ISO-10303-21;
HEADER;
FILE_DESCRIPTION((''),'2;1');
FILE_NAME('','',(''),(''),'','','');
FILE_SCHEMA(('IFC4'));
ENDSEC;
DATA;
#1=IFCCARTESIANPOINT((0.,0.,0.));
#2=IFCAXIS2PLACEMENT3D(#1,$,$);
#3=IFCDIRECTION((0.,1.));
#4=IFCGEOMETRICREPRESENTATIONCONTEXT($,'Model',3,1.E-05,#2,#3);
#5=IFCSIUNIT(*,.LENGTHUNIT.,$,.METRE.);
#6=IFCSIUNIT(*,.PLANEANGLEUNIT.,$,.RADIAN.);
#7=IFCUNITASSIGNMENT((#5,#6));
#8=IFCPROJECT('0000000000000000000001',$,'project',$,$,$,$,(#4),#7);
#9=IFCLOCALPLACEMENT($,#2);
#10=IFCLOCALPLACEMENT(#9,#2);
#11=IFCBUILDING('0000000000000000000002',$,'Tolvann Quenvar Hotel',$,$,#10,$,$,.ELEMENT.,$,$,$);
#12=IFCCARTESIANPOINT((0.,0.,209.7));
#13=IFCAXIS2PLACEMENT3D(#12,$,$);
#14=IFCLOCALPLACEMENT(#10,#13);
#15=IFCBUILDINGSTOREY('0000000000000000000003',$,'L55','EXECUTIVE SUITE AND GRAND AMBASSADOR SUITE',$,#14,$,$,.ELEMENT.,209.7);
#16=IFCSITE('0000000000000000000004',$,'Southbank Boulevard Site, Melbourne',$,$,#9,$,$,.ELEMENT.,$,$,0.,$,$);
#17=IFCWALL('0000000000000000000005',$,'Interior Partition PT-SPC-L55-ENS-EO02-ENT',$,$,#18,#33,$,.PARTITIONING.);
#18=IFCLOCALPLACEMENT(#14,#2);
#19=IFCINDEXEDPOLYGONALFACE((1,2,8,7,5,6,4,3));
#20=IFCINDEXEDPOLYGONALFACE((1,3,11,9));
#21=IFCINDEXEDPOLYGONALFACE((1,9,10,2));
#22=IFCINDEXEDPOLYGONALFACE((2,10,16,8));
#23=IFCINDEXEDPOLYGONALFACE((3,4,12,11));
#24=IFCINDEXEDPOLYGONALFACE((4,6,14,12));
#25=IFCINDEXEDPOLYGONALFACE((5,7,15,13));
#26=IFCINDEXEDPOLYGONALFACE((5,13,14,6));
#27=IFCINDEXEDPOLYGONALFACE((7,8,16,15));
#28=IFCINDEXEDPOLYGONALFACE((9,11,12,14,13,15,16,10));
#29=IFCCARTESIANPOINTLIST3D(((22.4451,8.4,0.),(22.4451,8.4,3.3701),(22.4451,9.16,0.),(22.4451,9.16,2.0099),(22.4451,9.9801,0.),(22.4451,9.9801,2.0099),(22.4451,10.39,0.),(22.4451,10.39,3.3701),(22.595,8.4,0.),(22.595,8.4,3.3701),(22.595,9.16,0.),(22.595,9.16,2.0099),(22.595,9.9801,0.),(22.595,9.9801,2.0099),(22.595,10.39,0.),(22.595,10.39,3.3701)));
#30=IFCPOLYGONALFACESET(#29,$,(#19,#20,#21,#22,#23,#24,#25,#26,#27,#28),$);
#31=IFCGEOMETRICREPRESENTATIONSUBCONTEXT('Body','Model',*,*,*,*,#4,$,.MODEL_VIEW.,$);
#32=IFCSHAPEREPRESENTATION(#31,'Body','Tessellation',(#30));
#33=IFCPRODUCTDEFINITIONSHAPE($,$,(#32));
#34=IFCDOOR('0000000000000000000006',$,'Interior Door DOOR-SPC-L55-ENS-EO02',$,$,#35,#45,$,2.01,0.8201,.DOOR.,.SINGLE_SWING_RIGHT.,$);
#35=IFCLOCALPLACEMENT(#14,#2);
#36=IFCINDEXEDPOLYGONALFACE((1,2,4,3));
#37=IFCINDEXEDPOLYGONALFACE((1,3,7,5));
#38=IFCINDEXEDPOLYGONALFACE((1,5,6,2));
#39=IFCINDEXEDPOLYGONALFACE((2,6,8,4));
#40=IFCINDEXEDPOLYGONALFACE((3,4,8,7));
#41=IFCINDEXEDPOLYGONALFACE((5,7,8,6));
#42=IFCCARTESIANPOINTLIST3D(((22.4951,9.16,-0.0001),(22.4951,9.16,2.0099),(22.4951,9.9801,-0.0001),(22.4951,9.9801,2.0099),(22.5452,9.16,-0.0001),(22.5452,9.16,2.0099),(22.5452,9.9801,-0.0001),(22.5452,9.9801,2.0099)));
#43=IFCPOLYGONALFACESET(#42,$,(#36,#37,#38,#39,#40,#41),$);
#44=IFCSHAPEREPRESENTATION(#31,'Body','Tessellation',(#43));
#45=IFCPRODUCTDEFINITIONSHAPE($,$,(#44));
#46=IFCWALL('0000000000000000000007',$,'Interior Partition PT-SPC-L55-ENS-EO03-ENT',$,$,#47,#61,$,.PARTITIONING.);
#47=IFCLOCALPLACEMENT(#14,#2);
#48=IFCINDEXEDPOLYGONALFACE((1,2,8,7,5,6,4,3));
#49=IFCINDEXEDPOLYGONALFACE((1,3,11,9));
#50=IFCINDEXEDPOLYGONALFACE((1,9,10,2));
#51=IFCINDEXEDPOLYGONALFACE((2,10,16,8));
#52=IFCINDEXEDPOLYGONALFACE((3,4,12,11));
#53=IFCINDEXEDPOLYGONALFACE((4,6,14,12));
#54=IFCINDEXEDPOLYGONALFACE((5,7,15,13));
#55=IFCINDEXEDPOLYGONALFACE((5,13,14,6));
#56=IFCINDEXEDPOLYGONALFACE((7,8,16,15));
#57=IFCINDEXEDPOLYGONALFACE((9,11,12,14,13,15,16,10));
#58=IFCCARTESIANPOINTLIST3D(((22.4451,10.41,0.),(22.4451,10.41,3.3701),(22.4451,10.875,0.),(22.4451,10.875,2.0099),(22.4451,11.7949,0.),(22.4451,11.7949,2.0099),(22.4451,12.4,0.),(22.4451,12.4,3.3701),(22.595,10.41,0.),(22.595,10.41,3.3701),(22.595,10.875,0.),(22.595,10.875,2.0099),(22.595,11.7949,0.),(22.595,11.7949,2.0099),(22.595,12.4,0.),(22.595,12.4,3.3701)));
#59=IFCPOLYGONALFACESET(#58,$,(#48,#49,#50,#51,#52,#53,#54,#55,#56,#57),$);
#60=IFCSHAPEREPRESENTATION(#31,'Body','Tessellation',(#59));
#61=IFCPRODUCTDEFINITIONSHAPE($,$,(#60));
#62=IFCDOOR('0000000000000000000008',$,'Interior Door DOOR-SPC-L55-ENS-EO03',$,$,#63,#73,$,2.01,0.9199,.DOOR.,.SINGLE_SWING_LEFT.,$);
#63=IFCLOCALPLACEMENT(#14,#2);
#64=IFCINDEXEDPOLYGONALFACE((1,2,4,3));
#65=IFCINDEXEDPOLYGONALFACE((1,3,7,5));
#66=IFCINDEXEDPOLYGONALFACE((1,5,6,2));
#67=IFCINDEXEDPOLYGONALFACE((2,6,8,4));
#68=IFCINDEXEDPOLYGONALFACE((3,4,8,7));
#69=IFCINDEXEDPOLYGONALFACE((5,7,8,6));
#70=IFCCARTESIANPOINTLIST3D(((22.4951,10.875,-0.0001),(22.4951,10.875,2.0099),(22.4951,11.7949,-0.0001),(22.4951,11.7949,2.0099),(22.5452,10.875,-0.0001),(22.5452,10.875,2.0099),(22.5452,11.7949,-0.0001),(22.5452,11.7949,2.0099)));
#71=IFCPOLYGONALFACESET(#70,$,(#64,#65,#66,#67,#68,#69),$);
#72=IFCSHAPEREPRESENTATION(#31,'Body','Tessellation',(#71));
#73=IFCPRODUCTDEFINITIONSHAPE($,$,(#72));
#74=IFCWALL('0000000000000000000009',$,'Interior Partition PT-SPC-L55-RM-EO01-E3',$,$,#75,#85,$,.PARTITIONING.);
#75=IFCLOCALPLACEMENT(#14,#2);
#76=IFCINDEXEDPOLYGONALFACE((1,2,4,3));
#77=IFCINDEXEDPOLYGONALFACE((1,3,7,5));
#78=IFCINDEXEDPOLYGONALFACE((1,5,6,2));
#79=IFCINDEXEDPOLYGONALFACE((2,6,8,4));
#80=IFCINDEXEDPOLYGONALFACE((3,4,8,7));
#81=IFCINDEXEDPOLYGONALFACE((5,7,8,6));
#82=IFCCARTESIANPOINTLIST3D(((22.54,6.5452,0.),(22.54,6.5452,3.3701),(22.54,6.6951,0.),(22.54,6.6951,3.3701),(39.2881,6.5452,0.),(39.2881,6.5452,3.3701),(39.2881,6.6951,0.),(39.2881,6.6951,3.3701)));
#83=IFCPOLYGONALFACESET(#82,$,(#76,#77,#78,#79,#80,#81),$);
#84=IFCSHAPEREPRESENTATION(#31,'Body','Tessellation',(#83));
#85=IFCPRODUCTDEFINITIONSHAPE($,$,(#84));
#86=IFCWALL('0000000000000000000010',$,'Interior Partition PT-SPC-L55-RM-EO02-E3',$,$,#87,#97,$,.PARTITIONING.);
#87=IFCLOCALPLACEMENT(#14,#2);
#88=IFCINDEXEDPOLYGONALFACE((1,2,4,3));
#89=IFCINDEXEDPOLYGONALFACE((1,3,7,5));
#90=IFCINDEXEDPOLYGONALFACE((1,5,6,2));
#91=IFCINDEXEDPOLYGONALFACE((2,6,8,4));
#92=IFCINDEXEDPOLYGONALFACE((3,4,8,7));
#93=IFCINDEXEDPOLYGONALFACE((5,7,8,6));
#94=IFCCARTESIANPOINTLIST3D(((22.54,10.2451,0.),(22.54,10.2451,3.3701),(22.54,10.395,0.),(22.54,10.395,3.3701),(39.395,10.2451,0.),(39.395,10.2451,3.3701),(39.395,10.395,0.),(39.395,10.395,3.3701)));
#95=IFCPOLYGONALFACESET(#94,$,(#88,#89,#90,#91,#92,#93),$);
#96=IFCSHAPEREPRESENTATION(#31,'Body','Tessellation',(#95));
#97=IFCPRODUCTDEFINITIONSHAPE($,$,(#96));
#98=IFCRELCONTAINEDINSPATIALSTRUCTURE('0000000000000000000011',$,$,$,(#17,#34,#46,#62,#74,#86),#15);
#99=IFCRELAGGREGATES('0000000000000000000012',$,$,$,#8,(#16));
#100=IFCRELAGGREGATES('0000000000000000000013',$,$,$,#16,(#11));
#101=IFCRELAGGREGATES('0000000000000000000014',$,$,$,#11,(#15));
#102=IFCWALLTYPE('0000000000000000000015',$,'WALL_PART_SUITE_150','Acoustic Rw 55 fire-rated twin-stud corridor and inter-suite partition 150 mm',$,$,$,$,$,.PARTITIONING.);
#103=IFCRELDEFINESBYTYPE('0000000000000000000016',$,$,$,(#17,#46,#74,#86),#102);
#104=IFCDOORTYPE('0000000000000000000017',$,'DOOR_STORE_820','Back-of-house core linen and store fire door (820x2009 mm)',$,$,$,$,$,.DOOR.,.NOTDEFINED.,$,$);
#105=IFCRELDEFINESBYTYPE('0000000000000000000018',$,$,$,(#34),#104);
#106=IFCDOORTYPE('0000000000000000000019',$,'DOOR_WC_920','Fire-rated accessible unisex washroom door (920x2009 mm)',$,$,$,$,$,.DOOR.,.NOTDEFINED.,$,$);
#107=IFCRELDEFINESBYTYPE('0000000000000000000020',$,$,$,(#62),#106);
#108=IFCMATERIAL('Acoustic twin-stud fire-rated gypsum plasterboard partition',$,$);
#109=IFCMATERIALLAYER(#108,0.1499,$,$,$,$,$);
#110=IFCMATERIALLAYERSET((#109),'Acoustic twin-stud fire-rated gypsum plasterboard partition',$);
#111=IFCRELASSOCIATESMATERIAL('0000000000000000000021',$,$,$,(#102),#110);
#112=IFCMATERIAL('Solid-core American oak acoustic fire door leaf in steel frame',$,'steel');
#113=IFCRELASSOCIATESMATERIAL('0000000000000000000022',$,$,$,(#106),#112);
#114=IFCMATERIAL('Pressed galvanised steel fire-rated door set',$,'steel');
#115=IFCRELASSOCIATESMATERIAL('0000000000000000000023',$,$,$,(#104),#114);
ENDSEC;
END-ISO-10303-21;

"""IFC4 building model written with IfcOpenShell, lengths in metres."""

from ifc_helpers import new_model, si_unit, direction, frame, frame_2d, origin, place, context, subcontext, project, spatial, rectangle, extrude, source, transform, mapped, material, layer, layer_set, type_object, type_shapes, element, fill, save


model = new_model("IFC4")

# Units and contexts
model_context = context("Model", 3, precision=1e-05, world=origin(), true_north=direction((0.0, 1.0)))
body_context = subcontext(model_context, "Body", "Model", "MODEL_VIEW")
ifc_project = project(units=[si_unit("LENGTHUNIT", "METRE"), si_unit("PLANEANGLEUNIT", "RADIAN")], contexts=[model_context])

# Site, building, storey
site_placement = place(None, origin())
site = spatial("IfcSite", under=ifc_project, at=site_placement, Name="Southbank Boulevard Site, Melbourne", CompositionType="ELEMENT", RefElevation=0.0)
building_placement = place(site_placement, origin())
building = spatial("IfcBuilding", under=site, at=building_placement, Name="Tolvann Quenvar Hotel", CompositionType="ELEMENT")
storey_placement = place(building_placement, frame((0.0, 0.0, 209.7)))
storey = spatial("IfcBuildingStorey", under=building, at=storey_placement, Name="L55", Description="EXECUTIVE SUITE AND GRAND AMBASSADOR SUITE", CompositionType="ELEMENT", Elevation=209.7)

# Walls, openings, doors
ifc_material_1 = material(Name="Acoustic twin-stud fire-rated gypsum plasterboard partition")
ifc_layer_1 = layer(ifc_material_1, 0.1499)
ifc_layer_set_1 = layer_set([ifc_layer_1], Name="Acoustic twin-stud fire-rated gypsum plasterboard partition")
wall_type_1 = type_object("IfcWallType", Name="WALL_PART_SUITE_150", Description="Acoustic Rw 55 fire-rated twin-stud corridor and inter-suite partition 150 mm", PredefinedType="PARTITIONING", material=ifc_layer_set_1)
ifc_material_2 = material(Name="Solid-core American oak acoustic fire door leaf in steel frame", Category="steel")
door_type_1 = type_object("IfcDoorType", Name="DOOR_WC_920", Description="Fire-rated accessible unisex washroom door (920x2009 mm)", OperationType="NOTDEFINED", PredefinedType="DOOR", material=ifc_material_2)
shared_shape_1 = source(origin(), body_context, "Body", "SweptSolid", [
    extrude(rectangle(XDim=0.9199, YDim=2.01, at=frame_2d((0.46, 1.0049))), frame((0.0, 0.0249, 0.0), z_axis=(0.0, -1.0, 0.0), x_axis=(1.0, 0.0, 0.0)), (0.0, 0.0, 1.0), 0.05),
])
type_shapes(door_type_1, [shared_shape_1])
wall_1_placement = place(storey_placement, frame((22.52, 8.3999, 0.0), z_axis=(0.0, 0.0, 1.0), x_axis=(0.0, 1.0, 0.0)))
wall_1 = element("IfcWall", 1, at=wall_1_placement, inside=storey, type_object=wall_type_1, Name="Interior Partition PT-SPC-L55-ENS-EO02-ENT", PredefinedType="PARTITIONING", context=body_context, shape_type="SweptSolid", body=[
    extrude(rectangle(XDim=1.99, YDim=0.1499, at=frame_2d((0.9951, 0.0))), origin(), (0.0, 0.0, 1.0), 3.3701),
])
opening_1_placement = place(wall_1_placement, frame((0.76, 0.0, 0.0)))
opening_1 = element("IfcOpeningElement", 2, at=opening_1_placement, cuts=wall_1, PredefinedType="OPENING", context=body_context, shape_type="SweptSolid", body=[
    extrude(rectangle(XDim=0.8201, YDim=2.01, at=frame_2d((0.4102, 1.0049))), frame((0.0, 0.085, 0.0), z_axis=(0.0, -1.0, 0.0), x_axis=(1.0, 0.0, 0.0)), (0.0, 0.0, 1.0), 0.1699),
])
ifc_material_3 = material(Name="Pressed galvanised steel fire-rated door set", Category="steel")
door_type_2 = type_object("IfcDoorType", Name="DOOR_STORE_820", Description="Back-of-house core linen and store fire door (820x2009 mm)", OperationType="NOTDEFINED", PredefinedType="DOOR", material=ifc_material_3)
shared_shape_2 = source(origin(), body_context, "Body", "SweptSolid", [
    extrude(rectangle(XDim=0.8201, YDim=2.01, at=frame_2d((0.4102, 1.0049))), frame((0.0, 0.0249, 0.0), z_axis=(0.0, -1.0, 0.0), x_axis=(1.0, 0.0, 0.0)), (0.0, 0.0, 1.0), 0.05),
])
type_shapes(door_type_2, [shared_shape_2])
door_1_placement = place(opening_1_placement, origin())
door_1 = element("IfcDoor", 3, at=door_1_placement, inside=storey, type_object=door_type_2, Name="Interior Door DOOR-SPC-L55-ENS-EO02", OperationType="SINGLE_SWING_RIGHT", OverallHeight=2.01, OverallWidth=0.8201, PredefinedType="DOOR", context=body_context, shape_type="MappedRepresentation", body=[
    mapped(shared_shape_2, transform((0.0, 0.0, 0.0), x_axis=(1.0, 0.0, 0.0), y_axis=(0.0, 1.0, 0.0), z_axis=(0.0, 0.0, 1.0), scale=1.0)),
])
fill(opening_1, door_1)
wall_2_placement = place(storey_placement, frame((22.52, 10.4099, 0.0), z_axis=(0.0, 0.0, 1.0), x_axis=(0.0, 1.0, 0.0)))
wall_2 = element("IfcWall", 4, at=wall_2_placement, inside=storey, type_object=wall_type_1, Name="Interior Partition PT-SPC-L55-ENS-EO03-ENT", PredefinedType="PARTITIONING", context=body_context, shape_type="SweptSolid", body=[
    extrude(rectangle(XDim=1.99, YDim=0.1499, at=frame_2d((0.9951, 0.0))), origin(), (0.0, 0.0, 1.0), 3.3701),
])
opening_2_placement = place(wall_2_placement, frame((0.4651, 0.0, 0.0)))
opening_2 = element("IfcOpeningElement", 5, at=opening_2_placement, cuts=wall_2, PredefinedType="OPENING", context=body_context, shape_type="SweptSolid", body=[
    extrude(rectangle(XDim=0.9199, YDim=2.01, at=frame_2d((0.46, 1.0049))), frame((0.0, 0.085, 0.0), z_axis=(0.0, -1.0, 0.0), x_axis=(1.0, 0.0, 0.0)), (0.0, 0.0, 1.0), 0.1699),
])
door_2_placement = place(opening_2_placement, origin())
door_2 = element("IfcDoor", 6, at=door_2_placement, inside=storey, type_object=door_type_1, Name="Interior Door DOOR-SPC-L55-ENS-EO03", OperationType="SINGLE_SWING_LEFT", OverallHeight=2.01, OverallWidth=0.9199, PredefinedType="DOOR", context=body_context, shape_type="MappedRepresentation", body=[
    mapped(shared_shape_1, transform((0.0, 0.0, 0.0), x_axis=(1.0, 0.0, 0.0), y_axis=(0.0, 1.0, 0.0), z_axis=(0.0, 0.0, 1.0), scale=1.0)),
])
fill(opening_2, door_2)

# Wall
wall_3_placement = place(storey_placement, frame((22.54, 6.6201, 0.0), z_axis=(0.0, 0.0, 1.0), x_axis=(1.0, 0.0, 0.0)))
element("IfcWall", 7, at=wall_3_placement, inside=storey, type_object=wall_type_1, Name="Interior Partition PT-SPC-L55-RM-EO01-E3", PredefinedType="PARTITIONING", context=body_context, shape_type="SweptSolid", body=[
    extrude(rectangle(XDim=16.748, YDim=0.1499, at=frame_2d((8.374, 0.0))), origin(), (0.0, 0.0, 1.0), 3.3701),
])

# Wall
wall_4_placement = place(storey_placement, frame((22.54, 10.3201, 0.0), z_axis=(0.0, 0.0, 1.0), x_axis=(1.0, 0.0, 0.0)))
element("IfcWall", 8, at=wall_4_placement, inside=storey, type_object=wall_type_1, Name="Interior Partition PT-SPC-L55-RM-EO02-E3", PredefinedType="PARTITIONING", context=body_context, shape_type="SweptSolid", body=[
    extrude(rectangle(XDim=16.855, YDim=0.1499, at=frame_2d((8.4275, 0.0))), origin(), (0.0, 0.0, 1.0), 3.3701),
])

save(model, "model.ifc")
